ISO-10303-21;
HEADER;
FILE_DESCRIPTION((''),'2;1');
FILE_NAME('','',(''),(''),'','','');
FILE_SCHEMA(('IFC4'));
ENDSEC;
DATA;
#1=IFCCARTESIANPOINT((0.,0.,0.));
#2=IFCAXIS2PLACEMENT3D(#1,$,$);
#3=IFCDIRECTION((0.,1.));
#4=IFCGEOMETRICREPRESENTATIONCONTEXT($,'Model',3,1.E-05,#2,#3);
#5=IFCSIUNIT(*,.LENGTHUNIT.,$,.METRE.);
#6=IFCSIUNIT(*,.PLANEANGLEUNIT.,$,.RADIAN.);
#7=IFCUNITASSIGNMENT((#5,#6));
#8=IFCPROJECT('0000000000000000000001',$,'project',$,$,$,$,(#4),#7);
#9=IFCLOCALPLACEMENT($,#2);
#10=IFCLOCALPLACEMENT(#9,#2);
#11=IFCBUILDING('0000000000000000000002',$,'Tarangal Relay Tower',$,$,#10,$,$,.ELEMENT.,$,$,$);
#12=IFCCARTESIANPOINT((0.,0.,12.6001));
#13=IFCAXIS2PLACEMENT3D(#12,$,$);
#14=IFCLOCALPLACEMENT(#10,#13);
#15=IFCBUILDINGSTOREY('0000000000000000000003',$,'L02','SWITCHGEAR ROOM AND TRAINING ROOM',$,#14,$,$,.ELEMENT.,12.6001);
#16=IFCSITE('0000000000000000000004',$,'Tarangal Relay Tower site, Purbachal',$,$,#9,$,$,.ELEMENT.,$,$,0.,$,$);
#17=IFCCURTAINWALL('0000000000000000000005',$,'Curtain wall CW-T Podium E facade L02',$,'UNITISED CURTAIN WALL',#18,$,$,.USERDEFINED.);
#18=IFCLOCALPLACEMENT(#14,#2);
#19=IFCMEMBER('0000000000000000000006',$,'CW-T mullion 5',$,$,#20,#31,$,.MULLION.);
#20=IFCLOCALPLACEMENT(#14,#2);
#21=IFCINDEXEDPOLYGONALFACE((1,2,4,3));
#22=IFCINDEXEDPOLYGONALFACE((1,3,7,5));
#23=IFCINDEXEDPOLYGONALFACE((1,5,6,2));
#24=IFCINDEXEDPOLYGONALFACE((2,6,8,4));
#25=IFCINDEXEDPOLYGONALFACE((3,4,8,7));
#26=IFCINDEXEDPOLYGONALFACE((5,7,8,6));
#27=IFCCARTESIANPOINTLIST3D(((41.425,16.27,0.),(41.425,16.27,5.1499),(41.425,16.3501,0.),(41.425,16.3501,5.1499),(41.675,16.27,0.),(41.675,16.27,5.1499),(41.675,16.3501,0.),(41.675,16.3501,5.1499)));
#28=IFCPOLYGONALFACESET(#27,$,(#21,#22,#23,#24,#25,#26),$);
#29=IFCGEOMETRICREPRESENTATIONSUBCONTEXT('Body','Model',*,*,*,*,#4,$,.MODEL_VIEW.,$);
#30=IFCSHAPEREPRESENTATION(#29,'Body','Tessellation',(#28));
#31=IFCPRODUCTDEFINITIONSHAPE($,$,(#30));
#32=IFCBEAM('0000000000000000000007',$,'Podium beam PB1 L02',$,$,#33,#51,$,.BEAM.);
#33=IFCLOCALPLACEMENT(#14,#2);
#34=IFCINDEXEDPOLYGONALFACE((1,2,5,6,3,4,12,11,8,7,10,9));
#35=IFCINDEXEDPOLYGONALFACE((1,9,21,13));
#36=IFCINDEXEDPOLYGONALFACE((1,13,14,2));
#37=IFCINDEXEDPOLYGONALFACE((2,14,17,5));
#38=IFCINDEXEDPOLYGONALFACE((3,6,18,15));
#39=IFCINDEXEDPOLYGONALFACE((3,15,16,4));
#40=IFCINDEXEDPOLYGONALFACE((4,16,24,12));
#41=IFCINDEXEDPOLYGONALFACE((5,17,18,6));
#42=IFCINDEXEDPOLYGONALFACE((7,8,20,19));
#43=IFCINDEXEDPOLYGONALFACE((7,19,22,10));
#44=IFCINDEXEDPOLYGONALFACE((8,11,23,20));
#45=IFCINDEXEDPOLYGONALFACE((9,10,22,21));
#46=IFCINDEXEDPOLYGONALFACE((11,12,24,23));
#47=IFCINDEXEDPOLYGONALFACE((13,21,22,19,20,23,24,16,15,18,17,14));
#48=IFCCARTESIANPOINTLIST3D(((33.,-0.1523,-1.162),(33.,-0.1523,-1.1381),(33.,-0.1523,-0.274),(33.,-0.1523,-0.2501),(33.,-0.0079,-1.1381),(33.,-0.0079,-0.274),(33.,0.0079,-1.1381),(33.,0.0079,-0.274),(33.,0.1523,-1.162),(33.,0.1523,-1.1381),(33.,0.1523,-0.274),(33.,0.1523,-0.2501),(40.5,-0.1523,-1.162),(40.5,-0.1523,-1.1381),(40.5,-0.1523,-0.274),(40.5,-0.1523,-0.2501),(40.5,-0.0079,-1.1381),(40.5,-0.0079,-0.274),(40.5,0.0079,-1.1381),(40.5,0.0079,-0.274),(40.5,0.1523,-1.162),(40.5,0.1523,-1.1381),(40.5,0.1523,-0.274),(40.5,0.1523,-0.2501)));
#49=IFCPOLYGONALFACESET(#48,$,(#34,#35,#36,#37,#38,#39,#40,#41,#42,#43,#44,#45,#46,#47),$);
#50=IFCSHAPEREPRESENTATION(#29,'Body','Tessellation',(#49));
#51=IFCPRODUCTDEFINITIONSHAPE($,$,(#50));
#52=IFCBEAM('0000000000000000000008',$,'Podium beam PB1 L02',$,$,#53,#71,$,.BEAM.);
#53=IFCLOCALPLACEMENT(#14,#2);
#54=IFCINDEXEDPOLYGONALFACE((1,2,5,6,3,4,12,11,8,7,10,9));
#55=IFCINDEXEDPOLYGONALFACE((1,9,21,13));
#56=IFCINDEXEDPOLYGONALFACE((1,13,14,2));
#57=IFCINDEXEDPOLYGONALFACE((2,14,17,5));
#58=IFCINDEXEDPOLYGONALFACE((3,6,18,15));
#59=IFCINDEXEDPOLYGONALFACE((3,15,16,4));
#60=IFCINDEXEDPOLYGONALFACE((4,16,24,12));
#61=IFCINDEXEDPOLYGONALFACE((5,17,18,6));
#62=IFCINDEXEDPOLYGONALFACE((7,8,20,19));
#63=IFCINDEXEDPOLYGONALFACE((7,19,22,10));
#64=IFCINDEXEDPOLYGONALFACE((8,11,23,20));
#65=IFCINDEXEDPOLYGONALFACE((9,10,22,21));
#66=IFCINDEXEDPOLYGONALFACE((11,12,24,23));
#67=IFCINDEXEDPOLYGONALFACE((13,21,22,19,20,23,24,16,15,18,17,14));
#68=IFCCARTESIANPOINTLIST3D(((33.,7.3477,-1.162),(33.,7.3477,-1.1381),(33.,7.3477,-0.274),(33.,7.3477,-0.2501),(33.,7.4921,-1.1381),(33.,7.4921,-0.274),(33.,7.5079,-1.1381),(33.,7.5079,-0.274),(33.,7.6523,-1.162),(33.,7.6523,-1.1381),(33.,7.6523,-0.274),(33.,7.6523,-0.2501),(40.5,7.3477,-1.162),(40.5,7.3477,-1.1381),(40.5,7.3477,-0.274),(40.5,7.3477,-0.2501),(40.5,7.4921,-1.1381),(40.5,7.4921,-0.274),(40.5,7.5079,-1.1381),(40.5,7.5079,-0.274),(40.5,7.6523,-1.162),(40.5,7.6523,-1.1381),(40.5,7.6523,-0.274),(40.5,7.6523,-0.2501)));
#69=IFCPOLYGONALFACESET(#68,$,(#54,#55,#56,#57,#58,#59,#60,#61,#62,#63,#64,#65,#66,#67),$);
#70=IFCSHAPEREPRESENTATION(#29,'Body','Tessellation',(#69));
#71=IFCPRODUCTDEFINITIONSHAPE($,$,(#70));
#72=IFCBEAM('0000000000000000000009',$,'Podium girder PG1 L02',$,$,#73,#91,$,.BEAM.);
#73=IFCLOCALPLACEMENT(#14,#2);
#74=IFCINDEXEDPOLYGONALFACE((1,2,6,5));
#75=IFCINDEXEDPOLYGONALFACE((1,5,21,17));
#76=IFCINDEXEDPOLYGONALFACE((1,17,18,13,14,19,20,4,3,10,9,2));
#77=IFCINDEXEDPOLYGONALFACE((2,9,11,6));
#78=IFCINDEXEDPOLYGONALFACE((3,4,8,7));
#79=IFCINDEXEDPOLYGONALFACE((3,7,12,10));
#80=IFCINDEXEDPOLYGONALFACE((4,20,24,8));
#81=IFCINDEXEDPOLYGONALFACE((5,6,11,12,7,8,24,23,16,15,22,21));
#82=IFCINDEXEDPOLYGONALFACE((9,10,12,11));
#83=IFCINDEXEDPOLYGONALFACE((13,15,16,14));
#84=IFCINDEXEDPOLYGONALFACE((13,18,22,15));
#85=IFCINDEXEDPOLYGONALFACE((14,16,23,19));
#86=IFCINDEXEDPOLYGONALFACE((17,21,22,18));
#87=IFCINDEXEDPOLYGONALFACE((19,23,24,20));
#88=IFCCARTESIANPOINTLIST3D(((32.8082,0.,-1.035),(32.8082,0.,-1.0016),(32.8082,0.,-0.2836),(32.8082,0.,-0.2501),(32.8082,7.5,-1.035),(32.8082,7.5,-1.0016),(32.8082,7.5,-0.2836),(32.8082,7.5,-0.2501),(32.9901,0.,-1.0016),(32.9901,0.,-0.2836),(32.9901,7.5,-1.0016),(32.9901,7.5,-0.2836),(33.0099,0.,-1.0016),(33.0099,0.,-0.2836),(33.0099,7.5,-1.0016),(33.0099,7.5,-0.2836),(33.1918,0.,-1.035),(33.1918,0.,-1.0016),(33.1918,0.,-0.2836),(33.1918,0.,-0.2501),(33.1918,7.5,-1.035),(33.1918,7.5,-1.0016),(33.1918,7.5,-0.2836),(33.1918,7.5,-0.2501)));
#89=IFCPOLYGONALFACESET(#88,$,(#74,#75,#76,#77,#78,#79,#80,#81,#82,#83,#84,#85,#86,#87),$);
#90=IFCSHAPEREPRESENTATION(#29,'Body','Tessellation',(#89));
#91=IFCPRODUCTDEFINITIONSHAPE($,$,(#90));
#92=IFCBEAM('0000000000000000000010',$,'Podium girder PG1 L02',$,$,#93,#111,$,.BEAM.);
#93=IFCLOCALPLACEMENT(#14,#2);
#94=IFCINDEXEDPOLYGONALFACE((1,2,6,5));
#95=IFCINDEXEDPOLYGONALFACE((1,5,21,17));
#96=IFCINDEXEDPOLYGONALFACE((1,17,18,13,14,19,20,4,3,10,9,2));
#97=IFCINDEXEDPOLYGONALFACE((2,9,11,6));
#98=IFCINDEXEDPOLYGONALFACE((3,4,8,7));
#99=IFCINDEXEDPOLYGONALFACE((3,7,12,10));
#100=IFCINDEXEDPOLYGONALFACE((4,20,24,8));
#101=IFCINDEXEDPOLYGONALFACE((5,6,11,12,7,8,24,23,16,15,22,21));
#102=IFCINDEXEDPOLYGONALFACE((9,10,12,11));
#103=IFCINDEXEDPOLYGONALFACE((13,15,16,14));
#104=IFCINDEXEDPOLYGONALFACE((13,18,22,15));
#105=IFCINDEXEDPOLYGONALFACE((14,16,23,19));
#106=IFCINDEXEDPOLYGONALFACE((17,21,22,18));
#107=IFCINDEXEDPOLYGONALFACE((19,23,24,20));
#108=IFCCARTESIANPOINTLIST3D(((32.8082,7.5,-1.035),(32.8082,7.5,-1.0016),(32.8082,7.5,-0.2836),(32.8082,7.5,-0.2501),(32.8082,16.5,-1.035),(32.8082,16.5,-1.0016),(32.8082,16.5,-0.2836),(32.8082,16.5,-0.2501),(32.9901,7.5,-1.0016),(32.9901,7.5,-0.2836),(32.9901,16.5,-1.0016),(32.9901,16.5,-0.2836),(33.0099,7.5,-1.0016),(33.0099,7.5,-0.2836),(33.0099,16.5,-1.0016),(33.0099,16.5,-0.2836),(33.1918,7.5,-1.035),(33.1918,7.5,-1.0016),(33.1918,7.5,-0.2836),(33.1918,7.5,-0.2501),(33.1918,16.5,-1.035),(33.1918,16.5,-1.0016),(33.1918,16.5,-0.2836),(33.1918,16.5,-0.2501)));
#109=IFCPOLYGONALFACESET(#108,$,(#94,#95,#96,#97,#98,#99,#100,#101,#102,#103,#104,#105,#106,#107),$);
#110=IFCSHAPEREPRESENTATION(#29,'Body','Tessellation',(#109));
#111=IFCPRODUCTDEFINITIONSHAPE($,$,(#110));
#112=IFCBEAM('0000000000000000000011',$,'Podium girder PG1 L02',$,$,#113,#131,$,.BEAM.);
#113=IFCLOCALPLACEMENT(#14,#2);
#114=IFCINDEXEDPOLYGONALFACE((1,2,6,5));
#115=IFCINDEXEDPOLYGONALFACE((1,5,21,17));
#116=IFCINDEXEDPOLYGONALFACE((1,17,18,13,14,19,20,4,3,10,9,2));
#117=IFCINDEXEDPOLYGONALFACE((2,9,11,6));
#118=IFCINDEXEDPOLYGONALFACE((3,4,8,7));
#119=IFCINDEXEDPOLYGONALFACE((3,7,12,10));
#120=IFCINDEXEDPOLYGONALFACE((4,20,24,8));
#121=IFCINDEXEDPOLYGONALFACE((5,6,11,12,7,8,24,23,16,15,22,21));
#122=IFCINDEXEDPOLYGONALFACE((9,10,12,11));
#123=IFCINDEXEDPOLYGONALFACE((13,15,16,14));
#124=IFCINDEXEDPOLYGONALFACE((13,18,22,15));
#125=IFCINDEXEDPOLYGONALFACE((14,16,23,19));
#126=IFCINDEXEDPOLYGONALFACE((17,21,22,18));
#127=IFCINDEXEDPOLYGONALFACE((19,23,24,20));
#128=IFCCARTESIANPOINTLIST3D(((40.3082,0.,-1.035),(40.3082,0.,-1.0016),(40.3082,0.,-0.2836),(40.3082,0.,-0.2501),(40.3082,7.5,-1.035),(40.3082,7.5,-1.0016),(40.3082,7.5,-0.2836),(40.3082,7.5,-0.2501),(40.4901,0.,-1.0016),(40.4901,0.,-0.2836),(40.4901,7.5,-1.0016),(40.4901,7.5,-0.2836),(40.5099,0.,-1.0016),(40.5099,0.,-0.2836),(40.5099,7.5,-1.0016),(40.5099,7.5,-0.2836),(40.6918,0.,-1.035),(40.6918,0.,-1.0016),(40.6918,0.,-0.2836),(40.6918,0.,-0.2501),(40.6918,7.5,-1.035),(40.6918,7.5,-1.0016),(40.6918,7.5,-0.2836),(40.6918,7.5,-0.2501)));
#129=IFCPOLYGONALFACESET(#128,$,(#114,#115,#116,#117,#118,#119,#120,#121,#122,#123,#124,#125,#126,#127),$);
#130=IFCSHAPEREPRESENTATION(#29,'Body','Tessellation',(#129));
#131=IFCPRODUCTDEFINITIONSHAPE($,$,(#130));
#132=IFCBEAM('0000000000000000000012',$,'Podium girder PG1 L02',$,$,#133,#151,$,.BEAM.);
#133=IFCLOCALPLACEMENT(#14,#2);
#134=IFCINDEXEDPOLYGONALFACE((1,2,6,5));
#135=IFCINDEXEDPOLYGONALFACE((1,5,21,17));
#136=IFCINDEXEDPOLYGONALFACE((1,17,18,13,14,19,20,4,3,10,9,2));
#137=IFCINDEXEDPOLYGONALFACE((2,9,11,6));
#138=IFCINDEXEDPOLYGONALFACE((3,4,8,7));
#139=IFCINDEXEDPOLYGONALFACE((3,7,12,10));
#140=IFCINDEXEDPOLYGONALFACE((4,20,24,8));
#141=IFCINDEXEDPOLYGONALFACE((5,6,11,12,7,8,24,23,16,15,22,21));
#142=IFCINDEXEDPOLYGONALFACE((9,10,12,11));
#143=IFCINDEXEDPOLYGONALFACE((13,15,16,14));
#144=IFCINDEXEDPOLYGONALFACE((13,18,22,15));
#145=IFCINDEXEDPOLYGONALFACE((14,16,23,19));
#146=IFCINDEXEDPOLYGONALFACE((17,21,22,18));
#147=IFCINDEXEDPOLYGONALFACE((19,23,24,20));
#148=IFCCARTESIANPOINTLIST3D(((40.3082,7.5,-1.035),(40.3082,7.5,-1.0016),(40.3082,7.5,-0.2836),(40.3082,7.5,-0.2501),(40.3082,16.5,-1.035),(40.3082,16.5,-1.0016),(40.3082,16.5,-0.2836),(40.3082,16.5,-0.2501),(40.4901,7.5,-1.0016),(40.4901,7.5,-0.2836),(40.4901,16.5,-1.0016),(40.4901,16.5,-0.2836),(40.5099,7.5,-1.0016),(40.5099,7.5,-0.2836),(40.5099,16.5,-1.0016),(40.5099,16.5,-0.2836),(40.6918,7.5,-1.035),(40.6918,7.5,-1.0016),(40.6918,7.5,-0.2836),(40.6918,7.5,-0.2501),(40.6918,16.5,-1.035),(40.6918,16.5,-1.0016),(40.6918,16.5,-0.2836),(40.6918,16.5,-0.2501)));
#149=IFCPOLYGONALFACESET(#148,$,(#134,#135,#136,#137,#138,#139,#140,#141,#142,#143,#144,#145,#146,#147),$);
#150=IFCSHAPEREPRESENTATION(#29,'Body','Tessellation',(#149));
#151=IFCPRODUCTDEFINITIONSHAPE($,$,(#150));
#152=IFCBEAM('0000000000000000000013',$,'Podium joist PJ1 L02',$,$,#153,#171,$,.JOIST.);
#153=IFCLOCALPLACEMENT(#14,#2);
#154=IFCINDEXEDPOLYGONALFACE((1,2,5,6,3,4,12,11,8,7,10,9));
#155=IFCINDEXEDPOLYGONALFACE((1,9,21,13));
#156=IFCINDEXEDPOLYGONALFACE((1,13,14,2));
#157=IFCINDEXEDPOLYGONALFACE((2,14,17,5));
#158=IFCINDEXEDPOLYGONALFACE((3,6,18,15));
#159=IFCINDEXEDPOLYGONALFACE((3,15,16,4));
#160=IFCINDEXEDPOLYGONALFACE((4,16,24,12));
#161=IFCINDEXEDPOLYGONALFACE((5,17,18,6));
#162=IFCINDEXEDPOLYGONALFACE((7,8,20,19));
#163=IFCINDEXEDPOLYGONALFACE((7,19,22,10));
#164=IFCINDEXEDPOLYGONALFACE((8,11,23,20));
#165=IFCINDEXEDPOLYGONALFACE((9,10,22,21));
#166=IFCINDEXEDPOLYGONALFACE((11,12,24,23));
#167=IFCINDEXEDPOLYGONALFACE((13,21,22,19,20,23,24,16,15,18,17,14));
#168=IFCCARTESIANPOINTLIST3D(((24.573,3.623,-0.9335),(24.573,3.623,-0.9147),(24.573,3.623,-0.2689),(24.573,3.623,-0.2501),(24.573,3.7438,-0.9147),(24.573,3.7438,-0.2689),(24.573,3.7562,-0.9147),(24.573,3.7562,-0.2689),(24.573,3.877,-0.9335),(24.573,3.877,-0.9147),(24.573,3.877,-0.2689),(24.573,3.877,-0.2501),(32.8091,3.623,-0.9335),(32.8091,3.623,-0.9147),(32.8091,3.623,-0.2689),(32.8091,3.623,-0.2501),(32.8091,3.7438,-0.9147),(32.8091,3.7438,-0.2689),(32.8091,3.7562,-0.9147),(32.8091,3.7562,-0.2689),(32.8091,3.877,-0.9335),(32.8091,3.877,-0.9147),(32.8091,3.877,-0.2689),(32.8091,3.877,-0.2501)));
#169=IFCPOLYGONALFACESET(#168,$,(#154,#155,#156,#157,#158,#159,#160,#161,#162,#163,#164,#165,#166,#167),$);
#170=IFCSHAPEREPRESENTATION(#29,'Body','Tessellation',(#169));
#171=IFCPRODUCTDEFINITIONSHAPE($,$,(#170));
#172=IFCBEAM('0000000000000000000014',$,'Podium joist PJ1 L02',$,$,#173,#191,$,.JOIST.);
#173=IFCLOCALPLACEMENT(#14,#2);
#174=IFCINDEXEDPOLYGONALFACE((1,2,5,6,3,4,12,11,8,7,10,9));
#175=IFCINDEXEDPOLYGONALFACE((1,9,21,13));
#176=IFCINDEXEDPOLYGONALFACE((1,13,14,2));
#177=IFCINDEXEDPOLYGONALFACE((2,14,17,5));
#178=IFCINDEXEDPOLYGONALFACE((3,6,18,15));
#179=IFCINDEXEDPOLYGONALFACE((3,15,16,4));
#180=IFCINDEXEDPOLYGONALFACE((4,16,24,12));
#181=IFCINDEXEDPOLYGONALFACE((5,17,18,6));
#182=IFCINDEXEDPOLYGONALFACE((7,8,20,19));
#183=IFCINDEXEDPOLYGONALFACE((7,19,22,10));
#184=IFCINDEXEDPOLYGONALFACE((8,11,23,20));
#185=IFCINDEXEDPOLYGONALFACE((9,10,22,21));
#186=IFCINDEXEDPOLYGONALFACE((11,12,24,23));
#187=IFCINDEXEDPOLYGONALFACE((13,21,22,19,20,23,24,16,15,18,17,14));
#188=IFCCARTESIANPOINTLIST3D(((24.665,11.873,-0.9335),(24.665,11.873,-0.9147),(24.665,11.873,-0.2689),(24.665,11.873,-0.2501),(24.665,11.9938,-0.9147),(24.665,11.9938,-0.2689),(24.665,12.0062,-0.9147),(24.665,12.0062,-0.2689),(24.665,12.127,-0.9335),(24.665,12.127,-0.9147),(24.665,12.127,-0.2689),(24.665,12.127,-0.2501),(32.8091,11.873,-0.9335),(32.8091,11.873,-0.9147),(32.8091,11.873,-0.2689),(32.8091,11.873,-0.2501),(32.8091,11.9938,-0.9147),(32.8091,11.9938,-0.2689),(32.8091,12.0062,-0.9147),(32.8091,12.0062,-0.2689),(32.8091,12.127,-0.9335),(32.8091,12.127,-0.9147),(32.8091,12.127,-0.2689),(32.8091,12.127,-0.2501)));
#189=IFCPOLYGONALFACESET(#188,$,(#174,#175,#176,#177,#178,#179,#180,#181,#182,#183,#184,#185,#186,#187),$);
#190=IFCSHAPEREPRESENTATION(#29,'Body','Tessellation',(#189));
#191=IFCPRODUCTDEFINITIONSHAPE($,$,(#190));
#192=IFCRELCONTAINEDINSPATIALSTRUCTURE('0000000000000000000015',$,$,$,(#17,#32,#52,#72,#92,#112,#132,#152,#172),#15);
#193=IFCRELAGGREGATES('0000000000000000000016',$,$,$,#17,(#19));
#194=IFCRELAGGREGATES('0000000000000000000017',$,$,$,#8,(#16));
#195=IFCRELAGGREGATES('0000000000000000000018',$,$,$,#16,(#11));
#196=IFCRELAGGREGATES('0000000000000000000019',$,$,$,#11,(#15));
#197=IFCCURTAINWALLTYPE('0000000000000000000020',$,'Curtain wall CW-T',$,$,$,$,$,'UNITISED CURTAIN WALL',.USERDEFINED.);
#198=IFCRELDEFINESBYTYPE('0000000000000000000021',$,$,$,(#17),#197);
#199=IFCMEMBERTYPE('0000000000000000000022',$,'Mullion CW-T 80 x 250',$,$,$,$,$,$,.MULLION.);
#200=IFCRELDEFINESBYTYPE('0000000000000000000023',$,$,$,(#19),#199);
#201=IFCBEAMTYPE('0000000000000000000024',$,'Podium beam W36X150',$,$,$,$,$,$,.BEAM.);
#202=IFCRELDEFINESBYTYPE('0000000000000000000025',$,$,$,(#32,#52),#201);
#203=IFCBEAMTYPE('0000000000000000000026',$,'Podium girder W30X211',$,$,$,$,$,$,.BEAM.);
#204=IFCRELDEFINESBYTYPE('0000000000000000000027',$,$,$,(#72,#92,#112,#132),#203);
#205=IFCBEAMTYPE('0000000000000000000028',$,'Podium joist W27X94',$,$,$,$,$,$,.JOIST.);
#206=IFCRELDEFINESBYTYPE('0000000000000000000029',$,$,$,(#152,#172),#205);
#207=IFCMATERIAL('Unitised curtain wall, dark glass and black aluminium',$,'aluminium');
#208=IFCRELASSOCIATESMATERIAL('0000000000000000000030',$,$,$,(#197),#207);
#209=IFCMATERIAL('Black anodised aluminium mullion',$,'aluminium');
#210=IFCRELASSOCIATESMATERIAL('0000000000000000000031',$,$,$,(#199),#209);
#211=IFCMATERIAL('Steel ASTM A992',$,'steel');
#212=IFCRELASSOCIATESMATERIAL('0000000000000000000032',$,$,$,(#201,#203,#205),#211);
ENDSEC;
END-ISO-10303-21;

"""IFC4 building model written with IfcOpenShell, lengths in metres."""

from ifc_helpers import new_model, si_unit, direction, frame, origin, origin_2d, place, context, subcontext, project, spatial, rectangle, i_section, extrude, material, material_profile, profile_set, type_object, element, aggregate, save


model = new_model("IFC4")

# Units and contexts
model_context = context("Model", 3, precision=1e-05, world=origin(), true_north=direction((0.0, 1.0)))
body_context = subcontext(model_context, "Body", "Model", "MODEL_VIEW")
ifc_project = project(units=[si_unit("LENGTHUNIT", "METRE"), si_unit("PLANEANGLEUNIT", "RADIAN")], contexts=[model_context])

# Site, building, storey
site_placement = place(None, origin())
site = spatial("IfcSite", under=ifc_project, at=site_placement, Name="Tarangal Relay Tower site, Purbachal", CompositionType="ELEMENT", RefElevation=0.0)
building_placement = place(site_placement, origin())
building = spatial("IfcBuilding", under=site, at=building_placement, Name="Tarangal Relay Tower", CompositionType="ELEMENT")
storey_placement = place(building_placement, frame((0.0, 0.0, 12.6001)))
storey = spatial("IfcBuildingStorey", under=building, at=storey_placement, Name="L02", Description="SWITCHGEAR ROOM AND TRAINING ROOM", CompositionType="ELEMENT", Elevation=12.6001)

# Shared definitions
ifc_material_1 = material(Name="Steel ASTM A992", Category="steel")

# Shared definitions
ifc_material_2 = material(Name="Unitised curtain wall, dark glass and black aluminium", Category="aluminium")
ifc_material_3 = material(Name="Black anodised aluminium mullion", Category="aluminium")

# Curtain wall, member
curtain_wall_type_1 = type_object("IfcCurtainWallType", Name="Curtain wall CW-T", ElementType="UNITISED CURTAIN WALL", PredefinedType="USERDEFINED", material=ifc_material_2)
ifc_material_profile_1 = material_profile(ifc_material_3, rectangle(XDim=0.25, YDim=0.0801, at=origin_2d()), Name="CW-TM 80X250")
ifc_profile_set_1 = profile_set([ifc_material_profile_1], Name="Black anodised aluminium mullion")
member_type_1 = type_object("IfcMemberType", Name="Mullion CW-T 80 x 250", PredefinedType="MULLION", material=ifc_profile_set_1)
curtain_wall_1_placement = place(storey_placement, origin())
curtain_wall_1 = element("IfcCurtainWall", 1, at=curtain_wall_1_placement, inside=storey, type_object=curtain_wall_type_1, Name="Curtain wall CW-T Podium E facade L02", ObjectType="UNITISED CURTAIN WALL", PredefinedType="USERDEFINED")
member_1_placement = place(storey_placement, frame((41.55, 16.3101, 0.0), z_axis=(0.0, 0.0, 1.0), x_axis=(-1.0, 0.0, 0.0)))
member_1 = element("IfcMember", 2, at=member_1_placement, type_object=member_type_1, Name="CW-T mullion 5", PredefinedType="MULLION", context=body_context, shape_type="SweptSolid", body=[
    extrude(rectangle(XDim=0.25, YDim=0.0801, at=origin_2d()), origin(), (0.0, 0.0, 1.0), 5.1499),
])

# Beams
ifc_material_profile_2 = material_profile(ifc_material_1, i_section(OverallWidth=0.3047, OverallDepth=0.9119, WebThickness=0.0159, FlangeThickness=0.0239, at=origin_2d()), Name="W36X150")
ifc_profile_set_2 = profile_set([ifc_material_profile_2], Name="Steel ASTM A992")
beam_type_1 = type_object("IfcBeamType", Name="Podium beam W36X150", PredefinedType="BEAM", material=ifc_profile_set_2)
for number, where, z_axis, x_axis, name in (
    (3, (33.0, 0.0, -0.7061), (1.0, 0.0, 0.0), (0.0, 1.0, 0.0), "Podium beam PB1 L02"),
    (4, (33.0, 7.5, -0.7061), (1.0, 0.0, 0.0), (0.0, 1.0, 0.0), "Podium beam PB1 L02"),
):
    element("IfcBeam", number, at=place(storey_placement, frame(where, z_axis=z_axis, x_axis=x_axis)), inside=storey, type_object=beam_type_1, Name=name, PredefinedType="BEAM", context=body_context, shape_type="SweptSolid", body=[
        extrude(i_section(OverallWidth=0.3047, OverallDepth=0.9119, WebThickness=0.0159, FlangeThickness=0.0239, at=origin_2d()), origin(), (0.0, 0.0, 1.0), 7.5),
    ])
ifc_material_profile_3 = material_profile(ifc_material_1, i_section(OverallWidth=0.3835, OverallDepth=0.7849, WebThickness=0.0198, FlangeThickness=0.0334, at=origin_2d()), Name="W30X211")
ifc_profile_set_3 = profile_set([ifc_material_profile_3], Name="Steel ASTM A992")
beam_type_2 = type_object("IfcBeamType", Name="Podium girder W30X211", PredefinedType="BEAM", material=ifc_profile_set_3)
beam_1_placement = place(storey_placement, frame((33.0, 0.0, -0.6426), z_axis=(0.0, 1.0, 0.0), x_axis=(-1.0, 0.0, 0.0)))
element("IfcBeam", 5, at=beam_1_placement, inside=storey, type_object=beam_type_2, Name="Podium girder PG1 L02", PredefinedType="BEAM", context=body_context, shape_type="SweptSolid", body=[
    extrude(i_section(OverallWidth=0.3835, OverallDepth=0.7849, WebThickness=0.0198, FlangeThickness=0.0334, at=origin_2d()), origin(), (0.0, 0.0, 1.0), 7.5),
])
beam_2_placement = place(storey_placement, frame((33.0, 7.5, -0.6426), z_axis=(0.0, 1.0, 0.0), x_axis=(-1.0, 0.0, 0.0)))
element("IfcBeam", 6, at=beam_2_placement, inside=storey, type_object=beam_type_2, Name="Podium girder PG1 L02", PredefinedType="BEAM", context=body_context, shape_type="SweptSolid", body=[
    extrude(i_section(OverallWidth=0.3835, OverallDepth=0.7849, WebThickness=0.0198, FlangeThickness=0.0334, at=origin_2d()), origin(), (0.0, 0.0, 1.0), 9.0),
])
beam_3_placement = place(storey_placement, frame((40.5, 0.0, -0.6426), z_axis=(0.0, 1.0, 0.0), x_axis=(-1.0, 0.0, 0.0)))
element("IfcBeam", 7, at=beam_3_placement, inside=storey, type_object=beam_type_2, Name="Podium girder PG1 L02", PredefinedType="BEAM", context=body_context, shape_type="SweptSolid", body=[
    extrude(i_section(OverallWidth=0.3835, OverallDepth=0.7849, WebThickness=0.0198, FlangeThickness=0.0334, at=origin_2d()), origin(), (0.0, 0.0, 1.0), 7.5),
])
beam_4_placement = place(storey_placement, frame((40.5, 7.5, -0.6426), z_axis=(0.0, 1.0, 0.0), x_axis=(-1.0, 0.0, 0.0)))
element("IfcBeam", 8, at=beam_4_placement, inside=storey, type_object=beam_type_2, Name="Podium girder PG1 L02", PredefinedType="BEAM", context=body_context, shape_type="SweptSolid", body=[
    extrude(i_section(OverallWidth=0.3835, OverallDepth=0.7849, WebThickness=0.0198, FlangeThickness=0.0334, at=origin_2d()), origin(), (0.0, 0.0, 1.0), 9.0),
])
ifc_material_profile_4 = material_profile(ifc_material_1, i_section(OverallWidth=0.2539, OverallDepth=0.6833, WebThickness=0.0125, FlangeThickness=0.0188, at=origin_2d()), Name="W27X94")
ifc_profile_set_4 = profile_set([ifc_material_profile_4], Name="Steel ASTM A992")
beam_type_3 = type_object("IfcBeamType", Name="Podium joist W27X94", PredefinedType="JOIST", material=ifc_profile_set_4)
beam_5_placement = place(storey_placement, frame((24.573, 3.75, -0.5918), z_axis=(1.0, 0.0, 0.0), x_axis=(0.0, 1.0, 0.0)))
element("IfcBeam", 9, at=beam_5_placement, inside=storey, type_object=beam_type_3, Name="Podium joist PJ1 L02", PredefinedType="JOIST", context=body_context, shape_type="SweptSolid", body=[
    extrude(i_section(OverallWidth=0.2539, OverallDepth=0.6833, WebThickness=0.0125, FlangeThickness=0.0188, at=origin_2d()), origin(), (0.0, 0.0, 1.0), 8.2361),
])
beam_6_placement = place(storey_placement, frame((24.665, 12.0, -0.5918), z_axis=(1.0, 0.0, 0.0), x_axis=(0.0, 1.0, 0.0)))
element("IfcBeam", 10, at=beam_6_placement, inside=storey, type_object=beam_type_3, Name="Podium joist PJ1 L02", PredefinedType="JOIST", context=body_context, shape_type="SweptSolid", body=[
    extrude(i_section(OverallWidth=0.2539, OverallDepth=0.6833, WebThickness=0.0125, FlangeThickness=0.0188, at=origin_2d()), origin(), (0.0, 0.0, 1.0), 8.144),
])

aggregate(curtain_wall_1, [member_1])

save(model, "model.ifc")
